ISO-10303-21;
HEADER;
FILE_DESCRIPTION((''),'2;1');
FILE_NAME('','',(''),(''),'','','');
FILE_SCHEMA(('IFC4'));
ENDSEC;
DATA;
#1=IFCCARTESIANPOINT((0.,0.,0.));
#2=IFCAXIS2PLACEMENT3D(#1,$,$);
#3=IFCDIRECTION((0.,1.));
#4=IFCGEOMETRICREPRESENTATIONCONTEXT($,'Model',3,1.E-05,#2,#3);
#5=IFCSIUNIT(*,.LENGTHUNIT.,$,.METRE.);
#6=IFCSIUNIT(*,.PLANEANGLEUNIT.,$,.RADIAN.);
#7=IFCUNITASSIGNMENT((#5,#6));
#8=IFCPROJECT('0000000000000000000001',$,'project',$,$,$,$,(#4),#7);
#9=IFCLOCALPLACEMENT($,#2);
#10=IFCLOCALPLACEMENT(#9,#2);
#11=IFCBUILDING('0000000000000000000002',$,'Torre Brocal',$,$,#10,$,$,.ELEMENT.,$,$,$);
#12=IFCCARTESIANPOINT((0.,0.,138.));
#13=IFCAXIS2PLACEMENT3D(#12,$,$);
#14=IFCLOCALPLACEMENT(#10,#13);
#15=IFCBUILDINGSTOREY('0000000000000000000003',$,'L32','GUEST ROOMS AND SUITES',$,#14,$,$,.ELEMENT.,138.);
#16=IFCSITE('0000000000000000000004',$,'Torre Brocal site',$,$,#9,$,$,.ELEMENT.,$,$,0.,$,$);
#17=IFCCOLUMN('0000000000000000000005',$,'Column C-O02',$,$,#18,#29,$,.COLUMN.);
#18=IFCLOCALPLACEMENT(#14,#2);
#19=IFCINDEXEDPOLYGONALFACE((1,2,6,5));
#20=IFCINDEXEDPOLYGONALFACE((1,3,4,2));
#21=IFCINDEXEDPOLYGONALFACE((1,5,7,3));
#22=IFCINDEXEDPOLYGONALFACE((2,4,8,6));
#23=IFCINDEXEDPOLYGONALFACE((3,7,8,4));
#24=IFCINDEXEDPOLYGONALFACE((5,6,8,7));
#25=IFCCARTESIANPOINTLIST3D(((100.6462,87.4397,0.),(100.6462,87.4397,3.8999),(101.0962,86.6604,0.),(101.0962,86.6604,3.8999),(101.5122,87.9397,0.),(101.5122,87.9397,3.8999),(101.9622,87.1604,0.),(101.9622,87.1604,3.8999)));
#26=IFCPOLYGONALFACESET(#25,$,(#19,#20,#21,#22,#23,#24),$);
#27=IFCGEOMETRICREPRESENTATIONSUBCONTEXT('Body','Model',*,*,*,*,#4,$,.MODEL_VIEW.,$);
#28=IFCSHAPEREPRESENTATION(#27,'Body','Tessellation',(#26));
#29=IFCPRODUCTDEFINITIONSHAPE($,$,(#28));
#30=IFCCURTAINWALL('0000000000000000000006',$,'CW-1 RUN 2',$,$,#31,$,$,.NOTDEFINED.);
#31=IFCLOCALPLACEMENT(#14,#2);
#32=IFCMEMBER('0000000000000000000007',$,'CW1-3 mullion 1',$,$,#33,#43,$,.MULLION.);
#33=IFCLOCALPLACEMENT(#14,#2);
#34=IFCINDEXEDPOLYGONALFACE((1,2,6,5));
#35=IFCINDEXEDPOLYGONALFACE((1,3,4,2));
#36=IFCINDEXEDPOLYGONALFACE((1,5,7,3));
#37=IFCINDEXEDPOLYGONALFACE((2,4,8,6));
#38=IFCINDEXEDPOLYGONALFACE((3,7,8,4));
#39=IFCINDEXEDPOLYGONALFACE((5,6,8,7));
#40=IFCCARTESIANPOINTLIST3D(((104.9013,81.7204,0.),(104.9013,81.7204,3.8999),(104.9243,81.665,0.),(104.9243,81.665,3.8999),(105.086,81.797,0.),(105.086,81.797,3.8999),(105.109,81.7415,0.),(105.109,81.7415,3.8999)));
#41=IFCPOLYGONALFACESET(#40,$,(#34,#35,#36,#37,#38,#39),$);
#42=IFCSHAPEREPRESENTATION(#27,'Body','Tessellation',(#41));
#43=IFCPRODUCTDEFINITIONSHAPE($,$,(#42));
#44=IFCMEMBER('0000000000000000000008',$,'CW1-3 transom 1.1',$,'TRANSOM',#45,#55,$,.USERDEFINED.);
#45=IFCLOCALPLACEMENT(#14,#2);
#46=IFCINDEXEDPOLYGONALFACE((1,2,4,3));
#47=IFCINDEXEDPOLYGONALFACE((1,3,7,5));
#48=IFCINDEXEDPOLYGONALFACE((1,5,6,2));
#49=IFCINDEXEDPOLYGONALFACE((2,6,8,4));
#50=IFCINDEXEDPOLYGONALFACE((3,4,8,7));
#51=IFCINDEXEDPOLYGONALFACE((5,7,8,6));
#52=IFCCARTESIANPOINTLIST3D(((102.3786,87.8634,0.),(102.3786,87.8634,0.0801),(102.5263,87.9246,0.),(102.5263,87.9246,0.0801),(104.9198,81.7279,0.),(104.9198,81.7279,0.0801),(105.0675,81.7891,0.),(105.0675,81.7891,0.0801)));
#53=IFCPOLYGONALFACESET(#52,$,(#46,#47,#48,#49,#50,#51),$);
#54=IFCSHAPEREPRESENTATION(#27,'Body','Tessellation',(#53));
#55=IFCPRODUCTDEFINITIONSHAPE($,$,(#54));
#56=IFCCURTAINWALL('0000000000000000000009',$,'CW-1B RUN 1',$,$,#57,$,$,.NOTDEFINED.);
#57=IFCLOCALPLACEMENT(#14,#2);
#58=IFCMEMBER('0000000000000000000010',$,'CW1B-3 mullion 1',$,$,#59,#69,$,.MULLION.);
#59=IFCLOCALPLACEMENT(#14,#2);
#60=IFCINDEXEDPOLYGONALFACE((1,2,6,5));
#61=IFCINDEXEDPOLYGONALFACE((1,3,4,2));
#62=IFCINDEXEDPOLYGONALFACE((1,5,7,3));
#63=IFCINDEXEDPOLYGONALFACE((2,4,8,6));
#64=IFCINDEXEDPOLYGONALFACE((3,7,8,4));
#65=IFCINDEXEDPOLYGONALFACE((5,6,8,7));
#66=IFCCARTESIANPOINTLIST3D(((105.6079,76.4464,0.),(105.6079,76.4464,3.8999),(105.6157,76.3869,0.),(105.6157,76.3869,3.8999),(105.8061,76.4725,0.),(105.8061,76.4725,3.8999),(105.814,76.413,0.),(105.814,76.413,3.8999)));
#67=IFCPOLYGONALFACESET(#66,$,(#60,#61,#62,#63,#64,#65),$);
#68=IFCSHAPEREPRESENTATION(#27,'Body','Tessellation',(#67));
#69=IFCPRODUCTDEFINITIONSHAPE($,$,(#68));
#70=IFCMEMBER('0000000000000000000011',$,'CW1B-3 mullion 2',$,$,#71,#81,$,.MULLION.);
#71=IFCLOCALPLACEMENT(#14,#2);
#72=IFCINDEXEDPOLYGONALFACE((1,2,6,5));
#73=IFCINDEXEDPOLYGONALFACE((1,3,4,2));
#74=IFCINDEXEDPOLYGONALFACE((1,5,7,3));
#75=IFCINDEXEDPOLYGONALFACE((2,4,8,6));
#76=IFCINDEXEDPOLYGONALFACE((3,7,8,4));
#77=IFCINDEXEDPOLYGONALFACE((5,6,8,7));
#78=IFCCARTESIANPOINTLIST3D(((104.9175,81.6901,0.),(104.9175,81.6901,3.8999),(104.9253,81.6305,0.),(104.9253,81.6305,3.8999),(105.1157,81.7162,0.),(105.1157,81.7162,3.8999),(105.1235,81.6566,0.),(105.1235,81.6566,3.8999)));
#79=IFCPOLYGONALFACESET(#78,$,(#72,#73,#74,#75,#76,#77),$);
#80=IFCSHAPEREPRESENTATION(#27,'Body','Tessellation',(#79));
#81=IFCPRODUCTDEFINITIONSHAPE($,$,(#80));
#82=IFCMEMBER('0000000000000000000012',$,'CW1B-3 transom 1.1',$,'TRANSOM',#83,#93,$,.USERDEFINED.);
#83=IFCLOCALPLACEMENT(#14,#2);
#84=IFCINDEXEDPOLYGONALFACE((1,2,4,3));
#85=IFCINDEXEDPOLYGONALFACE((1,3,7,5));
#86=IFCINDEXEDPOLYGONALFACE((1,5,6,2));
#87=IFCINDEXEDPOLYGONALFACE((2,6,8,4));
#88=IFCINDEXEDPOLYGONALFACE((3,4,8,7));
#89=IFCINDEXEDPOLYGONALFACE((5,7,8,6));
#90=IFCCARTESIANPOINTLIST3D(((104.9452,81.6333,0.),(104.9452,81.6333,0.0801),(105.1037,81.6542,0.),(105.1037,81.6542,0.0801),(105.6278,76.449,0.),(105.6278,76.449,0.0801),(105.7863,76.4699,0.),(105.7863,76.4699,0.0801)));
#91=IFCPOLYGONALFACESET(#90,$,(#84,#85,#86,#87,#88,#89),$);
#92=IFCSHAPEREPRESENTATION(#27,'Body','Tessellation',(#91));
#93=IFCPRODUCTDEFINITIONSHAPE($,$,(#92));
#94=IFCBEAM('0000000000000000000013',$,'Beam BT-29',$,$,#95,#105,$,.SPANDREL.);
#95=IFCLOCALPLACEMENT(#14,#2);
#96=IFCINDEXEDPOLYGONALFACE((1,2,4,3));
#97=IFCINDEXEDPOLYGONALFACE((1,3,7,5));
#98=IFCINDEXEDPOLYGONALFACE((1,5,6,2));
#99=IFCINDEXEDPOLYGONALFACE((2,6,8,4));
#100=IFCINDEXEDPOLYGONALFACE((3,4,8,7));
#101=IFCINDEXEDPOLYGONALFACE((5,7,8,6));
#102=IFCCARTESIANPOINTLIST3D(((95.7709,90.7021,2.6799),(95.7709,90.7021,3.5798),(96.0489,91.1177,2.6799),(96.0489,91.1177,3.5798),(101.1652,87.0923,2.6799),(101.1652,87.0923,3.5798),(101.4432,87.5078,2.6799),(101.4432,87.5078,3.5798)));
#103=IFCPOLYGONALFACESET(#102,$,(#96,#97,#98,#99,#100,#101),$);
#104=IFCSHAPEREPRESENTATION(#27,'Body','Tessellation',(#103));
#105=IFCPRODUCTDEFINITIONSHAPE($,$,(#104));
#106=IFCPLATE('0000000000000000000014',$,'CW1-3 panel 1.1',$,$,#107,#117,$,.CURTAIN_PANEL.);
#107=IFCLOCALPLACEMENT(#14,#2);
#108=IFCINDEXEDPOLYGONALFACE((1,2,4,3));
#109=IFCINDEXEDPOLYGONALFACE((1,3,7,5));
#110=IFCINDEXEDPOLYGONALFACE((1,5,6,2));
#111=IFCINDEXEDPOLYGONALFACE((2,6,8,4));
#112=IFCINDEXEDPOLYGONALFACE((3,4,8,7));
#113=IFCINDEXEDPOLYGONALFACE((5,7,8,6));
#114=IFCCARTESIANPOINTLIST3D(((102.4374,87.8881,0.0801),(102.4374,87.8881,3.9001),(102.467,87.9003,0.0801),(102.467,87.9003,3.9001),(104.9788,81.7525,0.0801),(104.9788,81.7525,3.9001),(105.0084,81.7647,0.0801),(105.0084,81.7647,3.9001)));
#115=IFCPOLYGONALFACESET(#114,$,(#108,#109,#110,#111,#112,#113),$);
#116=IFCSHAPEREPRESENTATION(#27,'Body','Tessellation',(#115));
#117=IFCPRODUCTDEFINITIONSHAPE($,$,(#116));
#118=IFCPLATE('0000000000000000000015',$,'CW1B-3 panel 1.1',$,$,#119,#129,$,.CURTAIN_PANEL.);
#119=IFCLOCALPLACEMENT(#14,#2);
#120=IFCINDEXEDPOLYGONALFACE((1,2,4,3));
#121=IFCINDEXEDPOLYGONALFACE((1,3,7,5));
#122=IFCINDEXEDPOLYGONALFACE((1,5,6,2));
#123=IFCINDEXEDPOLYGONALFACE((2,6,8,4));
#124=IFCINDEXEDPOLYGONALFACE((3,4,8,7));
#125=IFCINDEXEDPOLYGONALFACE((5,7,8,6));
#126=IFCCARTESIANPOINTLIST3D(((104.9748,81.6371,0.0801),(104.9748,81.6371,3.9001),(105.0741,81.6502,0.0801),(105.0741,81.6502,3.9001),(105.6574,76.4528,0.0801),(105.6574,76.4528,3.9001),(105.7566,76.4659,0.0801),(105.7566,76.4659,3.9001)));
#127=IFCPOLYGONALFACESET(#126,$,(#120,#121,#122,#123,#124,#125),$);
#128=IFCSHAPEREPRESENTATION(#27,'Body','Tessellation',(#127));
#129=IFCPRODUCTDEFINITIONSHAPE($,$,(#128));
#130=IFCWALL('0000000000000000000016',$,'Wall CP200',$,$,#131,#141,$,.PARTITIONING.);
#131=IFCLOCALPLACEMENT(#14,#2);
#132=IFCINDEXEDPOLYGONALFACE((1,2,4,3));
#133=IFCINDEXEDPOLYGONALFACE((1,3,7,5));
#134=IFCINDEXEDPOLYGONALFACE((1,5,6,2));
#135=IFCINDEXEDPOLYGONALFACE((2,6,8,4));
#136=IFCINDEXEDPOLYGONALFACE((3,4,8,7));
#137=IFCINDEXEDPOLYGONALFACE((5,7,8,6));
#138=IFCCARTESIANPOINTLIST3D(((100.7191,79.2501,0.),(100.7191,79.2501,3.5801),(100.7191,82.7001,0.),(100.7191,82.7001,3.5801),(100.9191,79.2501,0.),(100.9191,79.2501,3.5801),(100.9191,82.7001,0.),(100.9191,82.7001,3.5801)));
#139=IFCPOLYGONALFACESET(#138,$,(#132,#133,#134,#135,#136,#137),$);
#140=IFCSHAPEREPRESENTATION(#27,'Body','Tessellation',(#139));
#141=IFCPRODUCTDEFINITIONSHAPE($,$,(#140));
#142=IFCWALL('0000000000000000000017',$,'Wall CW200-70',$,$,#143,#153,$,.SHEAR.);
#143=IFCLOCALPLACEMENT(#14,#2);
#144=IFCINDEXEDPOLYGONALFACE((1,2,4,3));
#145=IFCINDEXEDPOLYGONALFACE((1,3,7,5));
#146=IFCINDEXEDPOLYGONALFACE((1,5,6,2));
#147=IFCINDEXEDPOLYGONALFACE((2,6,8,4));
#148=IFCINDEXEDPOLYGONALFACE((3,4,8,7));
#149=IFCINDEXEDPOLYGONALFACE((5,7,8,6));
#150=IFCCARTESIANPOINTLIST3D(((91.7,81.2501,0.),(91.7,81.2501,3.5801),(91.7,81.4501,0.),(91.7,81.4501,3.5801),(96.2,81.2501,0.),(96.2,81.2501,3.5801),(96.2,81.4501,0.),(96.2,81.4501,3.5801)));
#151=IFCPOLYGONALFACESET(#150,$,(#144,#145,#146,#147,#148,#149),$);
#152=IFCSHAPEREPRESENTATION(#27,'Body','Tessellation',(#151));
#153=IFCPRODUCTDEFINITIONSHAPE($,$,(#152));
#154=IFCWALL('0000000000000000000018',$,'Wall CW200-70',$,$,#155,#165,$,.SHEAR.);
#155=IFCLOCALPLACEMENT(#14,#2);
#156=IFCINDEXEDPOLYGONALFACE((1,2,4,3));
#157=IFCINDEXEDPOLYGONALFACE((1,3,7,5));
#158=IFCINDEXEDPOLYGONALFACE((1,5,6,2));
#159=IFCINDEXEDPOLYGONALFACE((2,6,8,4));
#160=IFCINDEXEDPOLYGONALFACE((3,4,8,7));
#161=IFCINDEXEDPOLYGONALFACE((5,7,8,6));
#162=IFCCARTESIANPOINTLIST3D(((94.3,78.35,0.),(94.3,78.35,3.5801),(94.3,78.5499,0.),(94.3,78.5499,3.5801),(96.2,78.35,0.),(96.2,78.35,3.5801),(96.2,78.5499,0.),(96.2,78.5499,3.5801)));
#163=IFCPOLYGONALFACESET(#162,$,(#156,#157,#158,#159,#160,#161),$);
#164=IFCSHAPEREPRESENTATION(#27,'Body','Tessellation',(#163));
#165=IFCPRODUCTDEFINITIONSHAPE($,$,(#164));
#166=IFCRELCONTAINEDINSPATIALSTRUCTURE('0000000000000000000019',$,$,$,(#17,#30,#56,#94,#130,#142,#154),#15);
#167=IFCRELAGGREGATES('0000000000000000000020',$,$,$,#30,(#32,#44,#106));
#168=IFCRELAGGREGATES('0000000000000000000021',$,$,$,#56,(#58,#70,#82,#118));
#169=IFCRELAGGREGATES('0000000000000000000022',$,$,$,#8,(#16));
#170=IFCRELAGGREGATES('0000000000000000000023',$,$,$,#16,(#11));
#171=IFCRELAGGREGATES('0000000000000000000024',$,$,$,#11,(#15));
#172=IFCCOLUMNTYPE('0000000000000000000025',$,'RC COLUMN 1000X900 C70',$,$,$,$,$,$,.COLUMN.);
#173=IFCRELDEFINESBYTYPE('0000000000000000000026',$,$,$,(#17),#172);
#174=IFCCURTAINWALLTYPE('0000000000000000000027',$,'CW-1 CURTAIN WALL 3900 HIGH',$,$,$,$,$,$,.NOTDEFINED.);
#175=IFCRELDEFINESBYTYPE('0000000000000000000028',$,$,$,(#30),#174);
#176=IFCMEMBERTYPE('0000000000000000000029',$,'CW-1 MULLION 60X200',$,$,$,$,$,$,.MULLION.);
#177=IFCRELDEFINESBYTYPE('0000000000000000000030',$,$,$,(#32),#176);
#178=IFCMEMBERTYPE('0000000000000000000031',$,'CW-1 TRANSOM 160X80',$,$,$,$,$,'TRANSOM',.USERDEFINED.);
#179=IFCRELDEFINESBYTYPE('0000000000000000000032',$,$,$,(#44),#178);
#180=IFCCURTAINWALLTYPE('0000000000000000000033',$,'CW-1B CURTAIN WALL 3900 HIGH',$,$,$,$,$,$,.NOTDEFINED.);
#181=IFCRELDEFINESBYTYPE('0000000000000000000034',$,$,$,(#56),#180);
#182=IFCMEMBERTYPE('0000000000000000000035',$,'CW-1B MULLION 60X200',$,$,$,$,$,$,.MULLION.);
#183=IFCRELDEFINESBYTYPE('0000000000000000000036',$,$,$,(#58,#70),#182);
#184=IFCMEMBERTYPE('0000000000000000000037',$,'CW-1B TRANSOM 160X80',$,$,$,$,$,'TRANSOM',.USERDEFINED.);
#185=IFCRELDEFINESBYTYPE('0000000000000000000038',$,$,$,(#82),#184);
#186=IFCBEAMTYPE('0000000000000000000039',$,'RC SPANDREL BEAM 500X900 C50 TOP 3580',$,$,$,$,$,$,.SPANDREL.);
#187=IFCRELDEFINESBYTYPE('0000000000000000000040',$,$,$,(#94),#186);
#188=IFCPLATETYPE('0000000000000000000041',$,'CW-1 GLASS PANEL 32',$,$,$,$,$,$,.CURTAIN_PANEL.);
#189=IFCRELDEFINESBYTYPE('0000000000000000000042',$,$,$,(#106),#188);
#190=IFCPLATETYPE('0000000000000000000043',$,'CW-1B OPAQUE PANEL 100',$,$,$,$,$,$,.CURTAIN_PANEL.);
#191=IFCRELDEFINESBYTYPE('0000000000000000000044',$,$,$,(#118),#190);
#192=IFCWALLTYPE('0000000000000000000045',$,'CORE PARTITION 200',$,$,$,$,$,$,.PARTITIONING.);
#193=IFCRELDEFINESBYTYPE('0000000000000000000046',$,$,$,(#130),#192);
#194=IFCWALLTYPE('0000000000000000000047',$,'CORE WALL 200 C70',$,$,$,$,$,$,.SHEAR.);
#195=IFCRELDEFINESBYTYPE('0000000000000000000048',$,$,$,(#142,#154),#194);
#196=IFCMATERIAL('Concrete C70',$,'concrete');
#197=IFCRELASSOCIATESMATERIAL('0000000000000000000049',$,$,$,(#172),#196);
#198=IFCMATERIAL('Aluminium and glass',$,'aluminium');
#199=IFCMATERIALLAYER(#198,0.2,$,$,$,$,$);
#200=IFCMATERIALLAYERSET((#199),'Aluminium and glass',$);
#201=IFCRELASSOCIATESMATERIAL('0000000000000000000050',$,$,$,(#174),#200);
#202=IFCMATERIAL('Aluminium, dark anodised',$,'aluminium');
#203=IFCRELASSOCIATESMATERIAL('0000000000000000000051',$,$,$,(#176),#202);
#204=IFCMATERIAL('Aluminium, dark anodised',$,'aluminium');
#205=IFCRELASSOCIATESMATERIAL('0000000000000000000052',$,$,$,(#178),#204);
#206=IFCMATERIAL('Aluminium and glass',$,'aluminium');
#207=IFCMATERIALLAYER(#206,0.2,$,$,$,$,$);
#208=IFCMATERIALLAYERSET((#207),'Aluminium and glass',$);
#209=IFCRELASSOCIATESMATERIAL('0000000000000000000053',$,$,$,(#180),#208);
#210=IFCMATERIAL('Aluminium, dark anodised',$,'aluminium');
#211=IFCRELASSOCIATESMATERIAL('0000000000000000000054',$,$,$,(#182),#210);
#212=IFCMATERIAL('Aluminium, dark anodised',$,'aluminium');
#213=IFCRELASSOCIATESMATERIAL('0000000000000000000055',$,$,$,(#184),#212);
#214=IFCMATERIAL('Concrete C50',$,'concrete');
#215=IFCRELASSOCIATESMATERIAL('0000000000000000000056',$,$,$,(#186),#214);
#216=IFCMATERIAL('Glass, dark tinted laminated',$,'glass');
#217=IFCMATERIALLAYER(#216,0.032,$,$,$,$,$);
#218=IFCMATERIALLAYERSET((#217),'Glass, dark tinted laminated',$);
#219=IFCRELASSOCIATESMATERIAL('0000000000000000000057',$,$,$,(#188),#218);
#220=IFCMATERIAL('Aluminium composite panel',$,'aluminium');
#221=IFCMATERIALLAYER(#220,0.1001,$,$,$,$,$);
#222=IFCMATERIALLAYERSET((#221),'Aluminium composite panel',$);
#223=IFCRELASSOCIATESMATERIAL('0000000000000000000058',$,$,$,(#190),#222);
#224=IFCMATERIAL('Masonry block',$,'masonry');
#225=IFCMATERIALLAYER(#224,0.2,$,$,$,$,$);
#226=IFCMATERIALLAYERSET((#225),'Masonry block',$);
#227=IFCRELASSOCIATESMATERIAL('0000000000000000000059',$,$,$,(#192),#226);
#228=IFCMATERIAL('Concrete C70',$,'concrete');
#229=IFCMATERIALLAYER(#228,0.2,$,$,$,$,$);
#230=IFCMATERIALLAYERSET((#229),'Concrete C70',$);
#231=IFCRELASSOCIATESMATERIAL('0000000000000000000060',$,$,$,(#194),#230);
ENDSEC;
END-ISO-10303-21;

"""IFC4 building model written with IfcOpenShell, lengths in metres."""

from ifc_helpers import new_model, si_unit, direction, frame, frame_2d, origin, origin_2d, place, context, subcontext, project, spatial, rectangle, extrude, material, layer, layer_set, material_profile, profile_set, type_object, element, aggregate, save


model = new_model("IFC4")

# Units and contexts
model_context = context("Model", 3, precision=1e-05, world=origin(), true_north=direction((0.0, 1.0)))
body_context = subcontext(model_context, "Body", "Model", "MODEL_VIEW")
ifc_project = project(units=[si_unit("LENGTHUNIT", "METRE"), si_unit("PLANEANGLEUNIT", "RADIAN")], contexts=[model_context])

# Site, building, storey
site_placement = place(None, origin())
site = spatial("IfcSite", under=ifc_project, at=site_placement, Name="Torre Brocal site", CompositionType="ELEMENT", RefElevation=0.0)
building_placement = place(site_placement, origin())
building = spatial("IfcBuilding", under=site, at=building_placement, Name="Torre Brocal", CompositionType="ELEMENT")
storey_placement = place(building_placement, frame((0.0, 0.0, 138.0)))
storey = spatial("IfcBuildingStorey", under=building, at=storey_placement, Name="L32", Description="GUEST ROOMS AND SUITES", CompositionType="ELEMENT", Elevation=138.0)

# Column
ifc_material_1 = material(Name="Concrete C70", Category="concrete")
ifc_material_profile_1 = material_profile(ifc_material_1, rectangle(XDim=1.0, YDim=0.8999, at=origin_2d()), Name="RC 1000X900")
ifc_profile_set_1 = profile_set([ifc_material_profile_1], Name="Concrete C70")
column_type = type_object("IfcColumnType", Name="RC COLUMN 1000X900 C70", PredefinedType="COLUMN", material=ifc_profile_set_1)
column_placement = place(storey_placement, frame((101.3042, 87.3, 0.0), z_axis=(0.0, 0.0, 1.0), x_axis=(0.866025, 0.5, 0.0)))
element("IfcColumn", 1, at=column_placement, inside=storey, type_object=column_type, Name="Column C-O02", PredefinedType="COLUMN", context=body_context, shape_type="SweptSolid", body=[
    extrude(rectangle(XDim=1.0, YDim=0.8999, at=origin_2d()), origin(), (0.0, 0.0, 1.0), 3.8999),
])

# Curtain walls, members
ifc_material_2 = material(Name="Aluminium and glass", Category="aluminium")
ifc_layer_1 = layer(ifc_material_2, 0.2)
ifc_layer_set_1 = layer_set([ifc_layer_1], Name="Aluminium and glass")
curtain_wall_type_1 = type_object("IfcCurtainWallType", Name="CW-1 CURTAIN WALL 3900 HIGH", PredefinedType="NOTDEFINED", material=ifc_layer_set_1)
curtain_wall_1_placement = place(storey_placement, origin())
curtain_wall_1 = element("IfcCurtainWall", 2, at=curtain_wall_1_placement, inside=storey, type_object=curtain_wall_type_1, Name="CW-1 RUN 2", PredefinedType="NOTDEFINED")
ifc_material_3 = material(Name="Aluminium, dark anodised", Category="aluminium")
ifc_material_profile_2 = material_profile(ifc_material_3, rectangle(XDim=0.2, YDim=0.0601, at=origin_2d()), Name="CW-1 MULLION 60X200")
ifc_profile_set_2 = profile_set([ifc_material_profile_2], Name="Aluminium, dark anodised")
member_type_1 = type_object("IfcMemberType", Name="CW-1 MULLION 60X200", PredefinedType="MULLION", material=ifc_profile_set_2)
member_1_placement = place(storey_placement, frame((105.0051, 81.731, 0.0), z_axis=(0.0, 0.0, 1.0), x_axis=(-0.92388, -0.382683, 0.0)))
member_1 = element("IfcMember", 3, at=member_1_placement, type_object=member_type_1, Name="CW1-3 mullion 1", PredefinedType="MULLION", context=body_context, shape_type="SweptSolid", body=[
    extrude(rectangle(XDim=0.2, YDim=0.0601, at=origin_2d()), origin(), (0.0, 0.0, 1.0), 3.8999),
])
ifc_material_4 = material(Name="Aluminium, dark anodised", Category="aluminium")
ifc_material_profile_3 = material_profile(ifc_material_4, rectangle(XDim=0.1599, YDim=0.0801, at=origin_2d()), Name="CW-1 TRANSOM 160X80")
ifc_profile_set_3 = profile_set([ifc_material_profile_3], Name="Aluminium, dark anodised")
member_type_2 = type_object("IfcMemberType", Name="CW-1 TRANSOM 160X80", ElementType="TRANSOM", PredefinedType="USERDEFINED", material=ifc_profile_set_3)
member_2_placement = place(storey_placement, frame((104.9937, 81.7585, 0.04), z_axis=(-0.382665, 0.923887, 0.0), x_axis=(-0.923887, -0.382665, 0.0)))
member_2 = element("IfcMember", 4, at=member_2_placement, type_object=member_type_2, Name="CW1-3 transom 1.1", ObjectType="TRANSOM", PredefinedType="USERDEFINED", context=body_context, shape_type="SweptSolid", body=[
    extrude(rectangle(XDim=0.1599, YDim=0.0801, at=origin_2d()), origin(), (0.0, 0.0, 1.0), 6.6409),
])
ifc_material_5 = material(Name="Aluminium and glass", Category="aluminium")
ifc_layer_2 = layer(ifc_material_5, 0.2)
ifc_layer_set_2 = layer_set([ifc_layer_2], Name="Aluminium and glass")
curtain_wall_type_2 = type_object("IfcCurtainWallType", Name="CW-1B CURTAIN WALL 3900 HIGH", PredefinedType="NOTDEFINED", material=ifc_layer_set_2)
curtain_wall_2_placement = place(storey_placement, origin())
curtain_wall_2 = element("IfcCurtainWall", 5, at=curtain_wall_2_placement, inside=storey, type_object=curtain_wall_type_2, Name="CW-1B RUN 1", PredefinedType="NOTDEFINED")
ifc_material_6 = material(Name="Aluminium, dark anodised", Category="aluminium")
ifc_material_profile_4 = material_profile(ifc_material_6, rectangle(XDim=0.2, YDim=0.0601, at=origin_2d()), Name="CW-1B MULLION 60X200")
ifc_profile_set_4 = profile_set([ifc_material_profile_4], Name="Aluminium, dark anodised")
member_type_3 = type_object("IfcMemberType", Name="CW-1B MULLION 60X200", PredefinedType="MULLION", material=ifc_profile_set_4)
member_3_placement = place(storey_placement, frame((105.7109, 76.4297, 0.0), z_axis=(0.0, 0.0, 1.0), x_axis=(-0.991445, -0.130526, 0.0)))
member_3 = element("IfcMember", 6, at=member_3_placement, type_object=member_type_3, Name="CW1B-3 mullion 1", PredefinedType="MULLION", context=body_context, shape_type="SweptSolid", body=[
    extrude(rectangle(XDim=0.2, YDim=0.0601, at=origin_2d()), origin(), (0.0, 0.0, 1.0), 3.8999),
])
member_4_placement = place(storey_placement, frame((105.0205, 81.6733, 0.0), z_axis=(0.0, 0.0, 1.0), x_axis=(-0.991445, -0.130526, 0.0)))
member_4 = element("IfcMember", 7, at=member_4_placement, type_object=member_type_3, Name="CW1B-3 mullion 2", PredefinedType="MULLION", context=body_context, shape_type="SweptSolid", body=[
    extrude(rectangle(XDim=0.2, YDim=0.0601, at=origin_2d()), origin(), (0.0, 0.0, 1.0), 3.8999),
])
ifc_material_7 = material(Name="Aluminium, dark anodised", Category="aluminium")
ifc_material_profile_5 = material_profile(ifc_material_7, rectangle(XDim=0.1599, YDim=0.0801, at=origin_2d()), Name="CW-1B TRANSOM 160X80")
ifc_profile_set_5 = profile_set([ifc_material_profile_5], Name="Aluminium, dark anodised")
member_type_4 = type_object("IfcMemberType", Name="CW-1B TRANSOM 160X80", ElementType="TRANSOM", PredefinedType="USERDEFINED", material=ifc_profile_set_5)
member_5_placement = place(storey_placement, frame((105.707, 76.4595, 0.04), z_axis=(-0.130543, 0.991443, 0.0), x_axis=(-0.991443, -0.130543, 0.0)))
member_5 = element("IfcMember", 8, at=member_5_placement, type_object=member_type_4, Name="CW1B-3 transom 1.1", ObjectType="TRANSOM", PredefinedType="USERDEFINED", context=body_context, shape_type="SweptSolid", body=[
    extrude(rectangle(XDim=0.1599, YDim=0.0801, at=origin_2d()), origin(), (0.0, 0.0, 1.0), 5.229),
])

# Beam
ifc_material_8 = material(Name="Concrete C50", Category="concrete")
ifc_material_profile_6 = material_profile(ifc_material_8, rectangle(XDim=0.5, YDim=0.8999, at=origin_2d()), Name="RC 500X900")
ifc_profile_set_6 = profile_set([ifc_material_profile_6], Name="Concrete C50")
beam_type = type_object("IfcBeamType", Name="RC SPANDREL BEAM 500X900 C50 TOP 3580", PredefinedType="SPANDREL", material=ifc_profile_set_6)
beam_placement = place(storey_placement, frame((101.3042, 87.3, 3.1299), z_axis=(-0.831077, 0.556158, 0.0), x_axis=(-0.556158, -0.831077, 0.0)))
element("IfcBeam", 9, at=beam_placement, inside=storey, type_object=beam_type, Name="Beam BT-29", PredefinedType="SPANDREL", context=body_context, shape_type="SweptSolid", body=[
    extrude(rectangle(XDim=0.5, YDim=0.8999, at=origin_2d()), origin(), (0.0, 0.0, 1.0), 6.4907),
])

# Plates
ifc_material_9 = material(Name="Glass, dark tinted laminated", Category="glass")
ifc_layer_3 = layer(ifc_material_9, 0.032)
ifc_layer_set_3 = layer_set([ifc_layer_3], Name="Glass, dark tinted laminated")
plate_type_1 = type_object("IfcPlateType", Name="CW-1 GLASS PANEL 32", PredefinedType="CURTAIN_PANEL", material=ifc_layer_set_3)
plate_1_placement = place(storey_placement, frame((103.7229, 84.8264, 0.0801), z_axis=(0.0, 0.0, 1.0), x_axis=(-0.382683, 0.92388, 0.0)))
plate_1 = element("IfcPlate", 10, at=plate_1_placement, type_object=plate_type_1, Name="CW1-3 panel 1.1", PredefinedType="CURTAIN_PANEL", context=body_context, shape_type="SweptSolid", body=[
    extrude(rectangle(XDim=6.6411, YDim=0.032, at=origin_2d()), origin(), (0.0, 0.0, 1.0), 3.8201),
])
aggregate(curtain_wall_1, [member_1, member_2, plate_1])
ifc_material_10 = material(Name="Aluminium composite panel", Category="aluminium")
ifc_layer_4 = layer(ifc_material_10, 0.1001)
ifc_layer_set_4 = layer_set([ifc_layer_4], Name="Aluminium composite panel")
plate_type_2 = type_object("IfcPlateType", Name="CW-1B OPAQUE PANEL 100", PredefinedType="CURTAIN_PANEL", material=ifc_layer_set_4)
plate_2_placement = place(storey_placement, frame((105.3657, 79.0515, 0.0801), z_axis=(0.0, 0.0, 1.0), x_axis=(-0.130526, 0.991445, 0.0)))
plate_2 = element("IfcPlate", 11, at=plate_2_placement, type_object=plate_type_2, Name="CW1B-3 panel 1.1", PredefinedType="CURTAIN_PANEL", context=body_context, shape_type="SweptSolid", body=[
    extrude(rectangle(XDim=5.229, YDim=0.1001, at=origin_2d()), origin(), (0.0, 0.0, 1.0), 3.8201),
])
aggregate(curtain_wall_2, [member_3, member_4, member_5, plate_2])

# Walls
ifc_material_11 = material(Name="Masonry block", Category="masonry")
ifc_layer_5 = layer(ifc_material_11, 0.2)
ifc_layer_set_5 = layer_set([ifc_layer_5], Name="Masonry block")
wall_type_1 = type_object("IfcWallType", Name="CORE PARTITION 200", PredefinedType="PARTITIONING", material=ifc_layer_set_5)
wall_1_placement = place(storey_placement, frame((100.8191, 79.25, 0.0), z_axis=(0.0, 0.0, 1.0), x_axis=(0.0, 1.0, 0.0)))
element("IfcWall", 12, at=wall_1_placement, inside=storey, type_object=wall_type_1, Name="Wall CP200", PredefinedType="PARTITIONING", context=body_context, shape_type="SweptSolid", body=[
    extrude(rectangle(XDim=3.45, YDim=0.2, at=frame_2d((1.7251, 0.0))), origin(), (0.0, 0.0, 1.0), 3.5801),
])
ifc_material_12 = material(Name="Concrete C70", Category="concrete")
ifc_layer_6 = layer(ifc_material_12, 0.2)
ifc_layer_set_6 = layer_set([ifc_layer_6], Name="Concrete C70")
wall_type_2 = type_object("IfcWallType", Name="CORE WALL 200 C70", PredefinedType="SHEAR", material=ifc_layer_set_6)
wall_2_placement = place(storey_placement, frame((91.7, 81.3501, 0.0), z_axis=(0.0, 0.0, 1.0), x_axis=(1.0, 0.0, 0.0)))
element("IfcWall", 13, at=wall_2_placement, inside=storey, type_object=wall_type_2, Name="Wall CW200-70", PredefinedType="SHEAR", context=body_context, shape_type="SweptSolid", body=[
    extrude(rectangle(XDim=4.5, YDim=0.2, at=frame_2d((2.25, 0.0))), origin(), (0.0, 0.0, 1.0), 3.5801),
])
wall_3_placement = place(storey_placement, frame((94.3, 78.45, 0.0), z_axis=(0.0, 0.0, 1.0), x_axis=(1.0, 0.0, 0.0)))
element("IfcWall", 14, at=wall_3_placement, inside=storey, type_object=wall_type_2, Name="Wall CW200-70", PredefinedType="SHEAR", context=body_context, shape_type="SweptSolid", body=[
    extrude(rectangle(XDim=1.8999, YDim=0.2, at=frame_2d((0.95, 0.0))), origin(), (0.0, 0.0, 1.0), 3.5801),
])

save(model, "model.ifc")
